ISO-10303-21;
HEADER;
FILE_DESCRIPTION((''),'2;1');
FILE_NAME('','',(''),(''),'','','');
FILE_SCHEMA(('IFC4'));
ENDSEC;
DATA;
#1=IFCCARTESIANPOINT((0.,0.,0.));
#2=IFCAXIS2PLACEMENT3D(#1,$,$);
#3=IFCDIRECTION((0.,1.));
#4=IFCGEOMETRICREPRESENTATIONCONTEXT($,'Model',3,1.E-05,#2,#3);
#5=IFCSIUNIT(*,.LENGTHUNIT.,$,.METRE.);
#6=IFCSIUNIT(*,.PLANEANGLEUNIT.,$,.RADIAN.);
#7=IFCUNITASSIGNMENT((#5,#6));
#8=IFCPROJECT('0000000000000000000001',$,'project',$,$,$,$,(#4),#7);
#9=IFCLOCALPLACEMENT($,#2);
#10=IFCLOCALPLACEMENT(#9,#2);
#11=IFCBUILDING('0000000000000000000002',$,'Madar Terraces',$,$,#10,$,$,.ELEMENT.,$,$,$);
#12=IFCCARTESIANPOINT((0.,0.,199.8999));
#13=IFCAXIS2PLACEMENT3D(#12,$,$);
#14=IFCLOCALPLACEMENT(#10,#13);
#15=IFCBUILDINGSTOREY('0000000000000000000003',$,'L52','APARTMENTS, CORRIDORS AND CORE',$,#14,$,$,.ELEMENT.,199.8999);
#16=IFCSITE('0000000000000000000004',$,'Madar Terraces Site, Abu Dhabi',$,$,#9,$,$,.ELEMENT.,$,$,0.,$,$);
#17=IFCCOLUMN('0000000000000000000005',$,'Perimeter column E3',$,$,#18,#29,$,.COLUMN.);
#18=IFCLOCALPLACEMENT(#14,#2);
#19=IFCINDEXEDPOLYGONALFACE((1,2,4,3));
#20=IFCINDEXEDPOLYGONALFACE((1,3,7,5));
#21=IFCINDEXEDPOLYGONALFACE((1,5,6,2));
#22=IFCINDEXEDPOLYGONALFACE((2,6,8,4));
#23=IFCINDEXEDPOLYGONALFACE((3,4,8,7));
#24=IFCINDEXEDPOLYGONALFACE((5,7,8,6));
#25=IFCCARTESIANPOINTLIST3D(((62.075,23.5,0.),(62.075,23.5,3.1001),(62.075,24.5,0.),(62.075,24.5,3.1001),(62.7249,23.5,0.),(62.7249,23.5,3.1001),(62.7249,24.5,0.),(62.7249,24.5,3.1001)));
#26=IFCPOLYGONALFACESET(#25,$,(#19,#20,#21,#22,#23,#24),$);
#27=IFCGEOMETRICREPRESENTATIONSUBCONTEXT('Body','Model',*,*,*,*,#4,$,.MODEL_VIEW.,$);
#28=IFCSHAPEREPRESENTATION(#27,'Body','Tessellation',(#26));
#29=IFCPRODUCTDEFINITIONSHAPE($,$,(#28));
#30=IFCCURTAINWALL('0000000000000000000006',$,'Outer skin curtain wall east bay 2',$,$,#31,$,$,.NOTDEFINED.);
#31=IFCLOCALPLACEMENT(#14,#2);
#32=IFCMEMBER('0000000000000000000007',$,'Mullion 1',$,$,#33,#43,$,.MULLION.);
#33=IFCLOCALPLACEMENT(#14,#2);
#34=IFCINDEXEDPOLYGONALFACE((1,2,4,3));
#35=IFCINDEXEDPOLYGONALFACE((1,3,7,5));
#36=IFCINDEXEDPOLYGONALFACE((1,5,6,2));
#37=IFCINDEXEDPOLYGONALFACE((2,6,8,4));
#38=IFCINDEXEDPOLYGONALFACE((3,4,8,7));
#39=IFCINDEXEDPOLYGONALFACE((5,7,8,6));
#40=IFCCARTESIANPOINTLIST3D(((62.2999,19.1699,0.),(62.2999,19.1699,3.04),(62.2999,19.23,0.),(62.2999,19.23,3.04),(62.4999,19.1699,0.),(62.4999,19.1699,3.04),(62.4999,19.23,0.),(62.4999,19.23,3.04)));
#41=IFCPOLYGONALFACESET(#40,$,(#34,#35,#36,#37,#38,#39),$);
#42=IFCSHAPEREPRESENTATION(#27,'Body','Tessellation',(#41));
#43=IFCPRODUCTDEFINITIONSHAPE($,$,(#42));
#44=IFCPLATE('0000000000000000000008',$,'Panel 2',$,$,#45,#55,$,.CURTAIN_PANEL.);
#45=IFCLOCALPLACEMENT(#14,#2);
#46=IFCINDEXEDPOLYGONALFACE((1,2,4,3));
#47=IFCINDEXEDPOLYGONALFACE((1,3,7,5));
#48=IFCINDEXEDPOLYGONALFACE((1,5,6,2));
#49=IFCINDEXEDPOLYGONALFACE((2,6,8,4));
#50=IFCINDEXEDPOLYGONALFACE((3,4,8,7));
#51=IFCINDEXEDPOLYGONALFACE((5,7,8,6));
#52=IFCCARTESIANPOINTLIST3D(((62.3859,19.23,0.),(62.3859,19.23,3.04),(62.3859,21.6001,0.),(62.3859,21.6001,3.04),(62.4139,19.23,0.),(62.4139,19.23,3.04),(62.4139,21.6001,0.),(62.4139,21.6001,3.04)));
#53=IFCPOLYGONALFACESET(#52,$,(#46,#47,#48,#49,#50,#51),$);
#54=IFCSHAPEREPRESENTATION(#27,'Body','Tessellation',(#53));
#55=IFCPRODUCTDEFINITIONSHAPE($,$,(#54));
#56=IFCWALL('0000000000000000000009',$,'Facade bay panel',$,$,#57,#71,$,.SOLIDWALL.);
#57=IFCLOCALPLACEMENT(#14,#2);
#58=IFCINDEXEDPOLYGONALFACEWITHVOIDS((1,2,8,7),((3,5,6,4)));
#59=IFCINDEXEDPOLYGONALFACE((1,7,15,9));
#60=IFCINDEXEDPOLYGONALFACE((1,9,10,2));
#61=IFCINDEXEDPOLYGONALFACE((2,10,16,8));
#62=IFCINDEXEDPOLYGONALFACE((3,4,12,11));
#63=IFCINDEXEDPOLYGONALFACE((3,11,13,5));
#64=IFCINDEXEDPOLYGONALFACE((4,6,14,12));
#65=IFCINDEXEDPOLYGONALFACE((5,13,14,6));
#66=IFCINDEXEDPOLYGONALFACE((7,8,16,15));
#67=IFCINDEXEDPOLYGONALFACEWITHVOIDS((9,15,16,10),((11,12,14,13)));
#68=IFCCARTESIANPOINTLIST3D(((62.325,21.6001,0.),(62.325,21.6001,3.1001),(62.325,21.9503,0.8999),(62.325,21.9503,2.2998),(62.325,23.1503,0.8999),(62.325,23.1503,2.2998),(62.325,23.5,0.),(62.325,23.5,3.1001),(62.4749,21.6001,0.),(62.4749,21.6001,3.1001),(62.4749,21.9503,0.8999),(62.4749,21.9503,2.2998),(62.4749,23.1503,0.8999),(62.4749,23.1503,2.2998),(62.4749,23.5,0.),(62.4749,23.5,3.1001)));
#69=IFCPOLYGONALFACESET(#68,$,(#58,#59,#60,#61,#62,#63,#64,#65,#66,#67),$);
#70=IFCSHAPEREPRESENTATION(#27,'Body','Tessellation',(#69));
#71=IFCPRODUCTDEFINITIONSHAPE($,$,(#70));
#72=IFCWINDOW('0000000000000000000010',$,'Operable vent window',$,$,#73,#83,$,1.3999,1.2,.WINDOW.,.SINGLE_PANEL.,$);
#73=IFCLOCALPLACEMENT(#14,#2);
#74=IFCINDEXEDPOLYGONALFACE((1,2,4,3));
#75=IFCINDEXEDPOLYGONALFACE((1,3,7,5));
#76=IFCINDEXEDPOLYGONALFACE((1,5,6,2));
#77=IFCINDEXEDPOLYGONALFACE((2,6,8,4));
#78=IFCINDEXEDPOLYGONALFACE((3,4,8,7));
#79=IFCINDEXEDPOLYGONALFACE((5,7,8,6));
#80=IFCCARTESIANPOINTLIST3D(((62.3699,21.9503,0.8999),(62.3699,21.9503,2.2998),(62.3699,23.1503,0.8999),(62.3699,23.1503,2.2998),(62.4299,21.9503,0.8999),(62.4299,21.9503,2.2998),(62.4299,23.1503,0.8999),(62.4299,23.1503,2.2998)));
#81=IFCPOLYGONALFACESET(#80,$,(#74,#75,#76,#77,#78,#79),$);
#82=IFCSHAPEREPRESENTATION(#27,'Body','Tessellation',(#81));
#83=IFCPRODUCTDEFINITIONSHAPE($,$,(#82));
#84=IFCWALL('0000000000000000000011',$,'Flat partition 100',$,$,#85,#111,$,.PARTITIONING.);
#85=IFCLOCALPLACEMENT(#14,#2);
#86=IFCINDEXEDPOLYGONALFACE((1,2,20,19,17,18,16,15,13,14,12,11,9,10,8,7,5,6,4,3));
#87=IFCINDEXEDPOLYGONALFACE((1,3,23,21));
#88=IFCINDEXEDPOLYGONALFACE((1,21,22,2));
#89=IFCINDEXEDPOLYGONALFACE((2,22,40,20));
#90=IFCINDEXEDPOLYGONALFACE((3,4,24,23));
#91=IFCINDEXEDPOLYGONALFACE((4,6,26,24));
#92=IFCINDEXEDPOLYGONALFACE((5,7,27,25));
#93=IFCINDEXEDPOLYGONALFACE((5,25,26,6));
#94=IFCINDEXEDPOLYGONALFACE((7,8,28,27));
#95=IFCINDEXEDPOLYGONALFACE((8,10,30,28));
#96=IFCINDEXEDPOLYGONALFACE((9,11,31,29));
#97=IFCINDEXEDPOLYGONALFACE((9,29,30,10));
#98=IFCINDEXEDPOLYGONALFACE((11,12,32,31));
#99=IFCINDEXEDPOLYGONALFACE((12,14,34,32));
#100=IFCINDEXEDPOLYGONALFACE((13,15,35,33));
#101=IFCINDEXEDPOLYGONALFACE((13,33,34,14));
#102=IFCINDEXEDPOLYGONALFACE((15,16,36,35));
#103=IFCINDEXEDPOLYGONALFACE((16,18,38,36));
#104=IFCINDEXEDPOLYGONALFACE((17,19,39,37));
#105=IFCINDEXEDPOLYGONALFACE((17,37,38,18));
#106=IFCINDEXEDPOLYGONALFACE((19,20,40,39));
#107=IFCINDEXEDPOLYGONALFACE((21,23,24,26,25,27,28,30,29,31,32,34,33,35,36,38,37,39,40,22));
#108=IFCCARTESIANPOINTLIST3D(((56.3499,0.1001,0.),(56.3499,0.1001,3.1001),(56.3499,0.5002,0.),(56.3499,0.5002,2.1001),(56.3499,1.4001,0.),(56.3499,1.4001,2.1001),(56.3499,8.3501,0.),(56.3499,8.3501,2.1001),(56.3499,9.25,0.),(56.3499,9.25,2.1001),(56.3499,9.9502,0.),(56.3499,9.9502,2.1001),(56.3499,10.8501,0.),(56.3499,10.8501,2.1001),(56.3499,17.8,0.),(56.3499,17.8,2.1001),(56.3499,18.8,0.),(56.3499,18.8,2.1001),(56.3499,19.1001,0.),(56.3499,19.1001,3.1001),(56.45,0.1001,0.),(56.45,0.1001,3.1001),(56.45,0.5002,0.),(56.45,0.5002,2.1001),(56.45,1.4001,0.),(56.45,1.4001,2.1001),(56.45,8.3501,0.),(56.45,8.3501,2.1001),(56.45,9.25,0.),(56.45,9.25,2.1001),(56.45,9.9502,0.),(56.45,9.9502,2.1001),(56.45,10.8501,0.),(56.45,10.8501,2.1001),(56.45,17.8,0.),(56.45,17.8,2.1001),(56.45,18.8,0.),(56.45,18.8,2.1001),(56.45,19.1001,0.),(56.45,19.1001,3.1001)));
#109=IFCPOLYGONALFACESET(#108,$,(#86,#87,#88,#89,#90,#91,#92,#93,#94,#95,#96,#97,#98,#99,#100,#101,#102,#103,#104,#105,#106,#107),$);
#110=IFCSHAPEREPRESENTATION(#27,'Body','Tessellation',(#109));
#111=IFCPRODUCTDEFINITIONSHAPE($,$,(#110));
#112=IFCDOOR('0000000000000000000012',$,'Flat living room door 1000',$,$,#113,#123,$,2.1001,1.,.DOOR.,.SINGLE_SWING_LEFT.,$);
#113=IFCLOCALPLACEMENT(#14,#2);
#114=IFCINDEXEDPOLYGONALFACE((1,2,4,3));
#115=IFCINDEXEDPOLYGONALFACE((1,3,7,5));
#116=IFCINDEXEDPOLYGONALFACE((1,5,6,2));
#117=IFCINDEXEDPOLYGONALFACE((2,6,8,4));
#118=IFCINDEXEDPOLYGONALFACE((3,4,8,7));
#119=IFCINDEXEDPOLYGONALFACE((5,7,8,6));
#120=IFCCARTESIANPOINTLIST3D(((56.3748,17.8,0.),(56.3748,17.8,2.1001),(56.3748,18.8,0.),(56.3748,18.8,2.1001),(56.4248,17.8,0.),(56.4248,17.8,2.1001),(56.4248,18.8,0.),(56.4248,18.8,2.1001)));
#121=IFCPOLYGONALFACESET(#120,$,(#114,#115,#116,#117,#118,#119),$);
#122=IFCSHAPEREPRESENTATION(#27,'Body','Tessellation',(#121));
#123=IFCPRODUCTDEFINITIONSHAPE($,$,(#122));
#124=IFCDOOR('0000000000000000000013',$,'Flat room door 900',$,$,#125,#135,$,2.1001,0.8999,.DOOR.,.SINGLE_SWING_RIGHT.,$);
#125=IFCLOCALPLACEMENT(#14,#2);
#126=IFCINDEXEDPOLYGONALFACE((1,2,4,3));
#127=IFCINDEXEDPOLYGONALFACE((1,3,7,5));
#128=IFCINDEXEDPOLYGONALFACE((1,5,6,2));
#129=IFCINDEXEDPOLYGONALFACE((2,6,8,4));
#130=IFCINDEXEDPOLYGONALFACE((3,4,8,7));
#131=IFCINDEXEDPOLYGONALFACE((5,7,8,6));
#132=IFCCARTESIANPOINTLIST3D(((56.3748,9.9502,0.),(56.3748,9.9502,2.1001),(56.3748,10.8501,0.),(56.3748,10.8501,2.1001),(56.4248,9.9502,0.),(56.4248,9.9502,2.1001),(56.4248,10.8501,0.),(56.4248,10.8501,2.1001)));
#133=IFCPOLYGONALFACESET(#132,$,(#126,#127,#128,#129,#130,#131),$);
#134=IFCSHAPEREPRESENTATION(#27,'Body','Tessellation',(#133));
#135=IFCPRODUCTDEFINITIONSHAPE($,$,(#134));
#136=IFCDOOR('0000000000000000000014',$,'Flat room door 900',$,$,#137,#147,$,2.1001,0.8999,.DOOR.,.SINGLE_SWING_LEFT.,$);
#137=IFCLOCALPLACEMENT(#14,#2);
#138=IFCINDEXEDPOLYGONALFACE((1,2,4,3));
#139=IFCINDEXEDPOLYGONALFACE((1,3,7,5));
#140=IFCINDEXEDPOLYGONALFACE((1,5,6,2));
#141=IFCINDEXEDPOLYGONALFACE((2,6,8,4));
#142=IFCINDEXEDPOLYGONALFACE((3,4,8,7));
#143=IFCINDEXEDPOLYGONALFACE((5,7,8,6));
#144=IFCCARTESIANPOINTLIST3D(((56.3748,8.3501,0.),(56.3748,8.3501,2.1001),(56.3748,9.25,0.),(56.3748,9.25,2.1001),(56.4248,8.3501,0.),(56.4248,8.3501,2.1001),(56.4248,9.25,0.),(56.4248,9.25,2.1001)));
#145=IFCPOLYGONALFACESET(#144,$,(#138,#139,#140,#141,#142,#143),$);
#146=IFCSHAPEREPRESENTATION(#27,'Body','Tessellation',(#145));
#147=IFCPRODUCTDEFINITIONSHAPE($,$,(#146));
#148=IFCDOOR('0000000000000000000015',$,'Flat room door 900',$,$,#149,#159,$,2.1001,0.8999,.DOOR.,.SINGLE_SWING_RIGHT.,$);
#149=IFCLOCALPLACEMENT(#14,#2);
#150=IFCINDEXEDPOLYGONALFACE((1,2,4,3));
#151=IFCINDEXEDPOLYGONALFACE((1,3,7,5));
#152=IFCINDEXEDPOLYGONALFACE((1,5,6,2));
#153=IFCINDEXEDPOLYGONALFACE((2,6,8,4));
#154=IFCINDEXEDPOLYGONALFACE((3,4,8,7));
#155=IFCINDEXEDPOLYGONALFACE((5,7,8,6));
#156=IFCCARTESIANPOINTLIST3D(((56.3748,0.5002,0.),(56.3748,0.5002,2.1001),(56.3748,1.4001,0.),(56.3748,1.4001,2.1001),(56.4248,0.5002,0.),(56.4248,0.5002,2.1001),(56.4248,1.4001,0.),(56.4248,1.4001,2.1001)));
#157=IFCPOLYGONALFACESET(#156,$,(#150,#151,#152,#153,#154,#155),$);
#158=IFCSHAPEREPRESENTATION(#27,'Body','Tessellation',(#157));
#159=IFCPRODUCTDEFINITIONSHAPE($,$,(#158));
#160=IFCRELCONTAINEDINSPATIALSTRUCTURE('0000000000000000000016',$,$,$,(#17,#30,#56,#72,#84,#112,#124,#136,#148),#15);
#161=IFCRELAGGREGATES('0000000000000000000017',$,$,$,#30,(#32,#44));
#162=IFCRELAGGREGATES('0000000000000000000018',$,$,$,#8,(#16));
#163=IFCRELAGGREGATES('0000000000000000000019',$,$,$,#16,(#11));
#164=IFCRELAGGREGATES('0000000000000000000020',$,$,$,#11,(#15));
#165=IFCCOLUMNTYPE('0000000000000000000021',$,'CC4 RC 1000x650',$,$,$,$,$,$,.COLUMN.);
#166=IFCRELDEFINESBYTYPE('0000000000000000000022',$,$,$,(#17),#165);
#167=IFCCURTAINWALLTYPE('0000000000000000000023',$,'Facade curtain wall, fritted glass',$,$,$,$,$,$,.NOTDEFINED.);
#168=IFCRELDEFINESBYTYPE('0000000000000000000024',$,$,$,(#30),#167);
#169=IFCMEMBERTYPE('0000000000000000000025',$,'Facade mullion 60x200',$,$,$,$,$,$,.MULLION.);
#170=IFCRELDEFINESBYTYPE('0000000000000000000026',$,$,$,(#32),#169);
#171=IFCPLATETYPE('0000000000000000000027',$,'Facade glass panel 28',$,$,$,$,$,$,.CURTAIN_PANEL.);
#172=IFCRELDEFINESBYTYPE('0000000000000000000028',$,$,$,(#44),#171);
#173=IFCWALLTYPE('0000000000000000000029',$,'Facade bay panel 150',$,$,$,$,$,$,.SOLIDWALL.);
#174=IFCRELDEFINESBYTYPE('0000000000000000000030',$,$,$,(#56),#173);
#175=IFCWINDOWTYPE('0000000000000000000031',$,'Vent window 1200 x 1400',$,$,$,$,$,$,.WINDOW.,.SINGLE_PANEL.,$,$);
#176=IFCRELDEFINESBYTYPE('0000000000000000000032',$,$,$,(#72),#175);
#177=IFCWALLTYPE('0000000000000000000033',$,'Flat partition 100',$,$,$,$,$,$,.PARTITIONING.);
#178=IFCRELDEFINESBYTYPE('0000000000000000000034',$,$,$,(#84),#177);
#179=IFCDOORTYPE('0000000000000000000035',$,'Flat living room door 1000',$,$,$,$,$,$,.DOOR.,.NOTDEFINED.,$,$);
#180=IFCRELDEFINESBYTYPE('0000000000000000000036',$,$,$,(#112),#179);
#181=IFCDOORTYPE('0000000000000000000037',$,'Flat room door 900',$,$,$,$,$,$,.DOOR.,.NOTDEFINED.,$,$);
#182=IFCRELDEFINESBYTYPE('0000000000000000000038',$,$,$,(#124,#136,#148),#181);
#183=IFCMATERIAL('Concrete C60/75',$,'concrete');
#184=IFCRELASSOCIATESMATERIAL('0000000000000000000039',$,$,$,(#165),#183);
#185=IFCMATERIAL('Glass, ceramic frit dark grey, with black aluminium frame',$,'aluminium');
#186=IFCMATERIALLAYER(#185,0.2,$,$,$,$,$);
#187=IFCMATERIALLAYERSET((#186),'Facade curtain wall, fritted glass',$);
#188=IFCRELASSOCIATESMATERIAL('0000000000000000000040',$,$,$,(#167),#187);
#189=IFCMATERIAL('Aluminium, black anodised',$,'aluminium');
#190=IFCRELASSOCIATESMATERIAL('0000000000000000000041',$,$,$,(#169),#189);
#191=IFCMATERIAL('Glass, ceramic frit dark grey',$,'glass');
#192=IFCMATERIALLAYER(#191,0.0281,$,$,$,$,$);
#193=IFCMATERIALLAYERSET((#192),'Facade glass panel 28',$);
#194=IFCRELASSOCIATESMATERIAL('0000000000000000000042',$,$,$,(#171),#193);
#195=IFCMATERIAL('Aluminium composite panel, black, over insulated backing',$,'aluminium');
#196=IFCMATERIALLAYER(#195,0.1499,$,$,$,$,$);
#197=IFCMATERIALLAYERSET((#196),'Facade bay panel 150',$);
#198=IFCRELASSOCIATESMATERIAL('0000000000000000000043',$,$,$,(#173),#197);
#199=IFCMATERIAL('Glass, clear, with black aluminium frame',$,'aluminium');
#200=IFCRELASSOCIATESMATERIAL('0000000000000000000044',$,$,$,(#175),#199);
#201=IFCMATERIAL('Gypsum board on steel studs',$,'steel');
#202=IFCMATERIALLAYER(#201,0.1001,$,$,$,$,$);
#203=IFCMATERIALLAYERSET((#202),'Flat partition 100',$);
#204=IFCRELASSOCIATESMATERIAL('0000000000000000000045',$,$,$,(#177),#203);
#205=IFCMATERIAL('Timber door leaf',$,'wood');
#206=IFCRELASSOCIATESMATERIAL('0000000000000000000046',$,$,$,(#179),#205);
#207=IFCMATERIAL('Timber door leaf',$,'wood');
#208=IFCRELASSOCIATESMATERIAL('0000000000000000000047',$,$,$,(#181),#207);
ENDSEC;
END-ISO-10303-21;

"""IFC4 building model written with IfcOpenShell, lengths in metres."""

from ifc_helpers import new_model, si_unit, direction, frame, frame_2d, origin, origin_2d, place, context, subcontext, project, spatial, rectangle, extrude, material, layer, layer_set, material_profile, profile_set, type_object, element, fill, aggregate, save


model = new_model("IFC4")

# Units and contexts
model_context = context("Model", 3, precision=1e-05, world=origin(), true_north=direction((0.0, 1.0)))
body_context = subcontext(model_context, "Body", "Model", "MODEL_VIEW")
ifc_project = project(units=[si_unit("LENGTHUNIT", "METRE"), si_unit("PLANEANGLEUNIT", "RADIAN")], contexts=[model_context])

# Site, building, storey
site_placement = place(None, origin())
site = spatial("IfcSite", under=ifc_project, at=site_placement, Name="Madar Terraces Site, Abu Dhabi", CompositionType="ELEMENT", RefElevation=0.0)
building_placement = place(site_placement, origin())
building = spatial("IfcBuilding", under=site, at=building_placement, Name="Madar Terraces", CompositionType="ELEMENT")
storey_placement = place(building_placement, frame((0.0, 0.0, 199.8999)))
storey = spatial("IfcBuildingStorey", under=building, at=storey_placement, Name="L52", Description="APARTMENTS, CORRIDORS AND CORE", CompositionType="ELEMENT", Elevation=199.8999)

# Column
ifc_material_1 = material(Name="Concrete C60/75", Category="concrete")
ifc_material_profile_1 = material_profile(ifc_material_1, rectangle(XDim=1.0, YDim=0.6499, at=origin_2d()), Name="CC4 RC 1000x650")
ifc_profile_set_1 = profile_set([ifc_material_profile_1], Name="Concrete C60/75")
column_type = type_object("IfcColumnType", Name="CC4 RC 1000x650", PredefinedType="COLUMN", material=ifc_profile_set_1)
column_placement = place(storey_placement, frame((62.3999, 24.0, 0.0), z_axis=(0.0, 0.0, 1.0), x_axis=(0.0, 1.0, 0.0)))
element("IfcColumn", 1, at=column_placement, inside=storey, type_object=column_type, Name="Perimeter column E3", PredefinedType="COLUMN", context=body_context, shape_type="SweptSolid", body=[
    extrude(rectangle(XDim=1.0, YDim=0.6499, at=origin_2d()), origin(), (0.0, 0.0, 1.0), 3.1001),
])

# Curtain wall, member, plate
ifc_material_2 = material(Name="Glass, ceramic frit dark grey, with black aluminium frame", Category="aluminium")
ifc_layer_1 = layer(ifc_material_2, 0.2)
ifc_layer_set_1 = layer_set([ifc_layer_1], Name="Facade curtain wall, fritted glass")
curtain_wall_type = type_object("IfcCurtainWallType", Name="Facade curtain wall, fritted glass", PredefinedType="NOTDEFINED", material=ifc_layer_set_1)
curtain_wall_placement = place(storey_placement, origin())
curtain_wall = element("IfcCurtainWall", 2, at=curtain_wall_placement, inside=storey, type_object=curtain_wall_type, Name="Outer skin curtain wall east bay 2", PredefinedType="NOTDEFINED")
ifc_material_3 = material(Name="Aluminium, black anodised", Category="aluminium")
ifc_material_profile_2 = material_profile(ifc_material_3, rectangle(XDim=0.2, YDim=0.0601, at=origin_2d()), Name="Facade mullion 60x200")
ifc_profile_set_2 = profile_set([ifc_material_profile_2], Name="Aluminium, black anodised")
member_type = type_object("IfcMemberType", Name="Facade mullion 60x200", PredefinedType="MULLION", material=ifc_profile_set_2)
member_placement = place(storey_placement, frame((62.3999, 19.2, 0.0), z_axis=(0.0, 0.0, 1.0), x_axis=(-1.0, 0.0, 0.0)))
member = element("IfcMember", 3, at=member_placement, type_object=member_type, Name="Mullion 1", PredefinedType="MULLION", context=body_context, shape_type="SweptSolid", body=[
    extrude(rectangle(XDim=0.2, YDim=0.0601, at=origin_2d()), origin(), (0.0, 0.0, 1.0), 3.04),
])
ifc_material_4 = material(Name="Glass, ceramic frit dark grey", Category="glass")
ifc_layer_2 = layer(ifc_material_4, 0.0281)
ifc_layer_set_2 = layer_set([ifc_layer_2], Name="Facade glass panel 28")
plate_type = type_object("IfcPlateType", Name="Facade glass panel 28", PredefinedType="CURTAIN_PANEL", material=ifc_layer_set_2)
plate_placement = place(storey_placement, frame((62.3999, 20.415, 0.0), z_axis=(0.0, 0.0, 1.0), x_axis=(0.0, 1.0, 0.0)))
plate = element("IfcPlate", 4, at=plate_placement, type_object=plate_type, Name="Panel 2", PredefinedType="CURTAIN_PANEL", context=body_context, shape_type="SweptSolid", body=[
    extrude(rectangle(XDim=2.3701, YDim=0.0281, at=origin_2d()), origin(), (0.0, 0.0, 1.0), 3.04),
])
aggregate(curtain_wall, [member, plate])

# Wall, opening, window
ifc_material_5 = material(Name="Aluminium composite panel, black, over insulated backing", Category="aluminium")
ifc_layer_3 = layer(ifc_material_5, 0.1499)
ifc_layer_set_3 = layer_set([ifc_layer_3], Name="Facade bay panel 150")
wall_type_1 = type_object("IfcWallType", Name="Facade bay panel 150", PredefinedType="SOLIDWALL", material=ifc_layer_set_3)
wall_1_placement = place(storey_placement, frame((62.3999, 21.6001, 0.0), z_axis=(0.0, 0.0, 1.0), x_axis=(0.0, 1.0, 0.0)))
wall_1 = element("IfcWall", 5, at=wall_1_placement, inside=storey, type_object=wall_type_1, Name="Facade bay panel", PredefinedType="SOLIDWALL", context=body_context, shape_type="SweptSolid", body=[
    extrude(rectangle(XDim=1.8999, YDim=0.1499, at=frame_2d((0.95, 0.0))), origin(), (0.0, 0.0, 1.0), 3.1001),
])
opening_1_placement = place(wall_1_placement, frame((0.3501, 0.0, 0.8999)))
opening_1 = element("IfcOpeningElement", 6, at=opening_1_placement, cuts=wall_1, PredefinedType="OPENING", context=body_context, shape_type="SweptSolid", body=[
    extrude(rectangle(XDim=1.2, YDim=1.3999, at=frame_2d((0.6001, 0.7))), frame((0.0, 0.085, 0.0), z_axis=(0.0, -1.0, 0.0), x_axis=(1.0, 0.0, 0.0)), (0.0, 0.0, 1.0), 0.1699),
])
ifc_material_6 = material(Name="Glass, clear, with black aluminium frame", Category="aluminium")
window_type = type_object("IfcWindowType", Name="Vent window 1200 x 1400", PartitioningType="SINGLE_PANEL", PredefinedType="WINDOW", material=ifc_material_6)
window_placement = place(opening_1_placement, origin())
window = element("IfcWindow", 7, at=window_placement, inside=storey, type_object=window_type, Name="Operable vent window", OverallHeight=1.3999, OverallWidth=1.2, PartitioningType="SINGLE_PANEL", PredefinedType="WINDOW", context=body_context, shape_type="SweptSolid", body=[
    extrude(rectangle(XDim=1.2, YDim=1.3999, at=frame_2d((0.6001, 0.7))), frame((0.0, 0.03, 0.0), z_axis=(0.0, -1.0, 0.0), x_axis=(1.0, 0.0, 0.0)), (0.0, 0.0, 1.0), 0.0601),
])
fill(opening_1, window)

# Wall, openings, doors
ifc_material_7 = material(Name="Gypsum board on steel studs", Category="steel")
ifc_layer_4 = layer(ifc_material_7, 0.1001)
ifc_layer_set_4 = layer_set([ifc_layer_4], Name="Flat partition 100")
wall_type_2 = type_object("IfcWallType", Name="Flat partition 100", PredefinedType="PARTITIONING", material=ifc_layer_set_4)
wall_2_placement = place(storey_placement, frame((56.3999, 19.1001, 0.0), z_axis=(0.0, 0.0, 1.0), x_axis=(0.0, -1.0, 0.0)))
wall_2 = element("IfcWall", 8, at=wall_2_placement, inside=storey, type_object=wall_type_2, Name="Flat partition 100", PredefinedType="PARTITIONING", context=body_context, shape_type="SweptSolid", body=[
    extrude(rectangle(XDim=19.0, YDim=0.1001, at=frame_2d((9.5, 0.0))), origin(), (0.0, 0.0, 1.0), 3.1001),
])
opening_2_placement = place(wall_2_placement, frame((0.3, 0.0, 0.0)))
opening_2 = element("IfcOpeningElement", 9, at=opening_2_placement, cuts=wall_2, PredefinedType="OPENING", context=body_context, shape_type="SweptSolid", body=[
    extrude(rectangle(XDim=1.0, YDim=2.1001, at=frame_2d((0.5, 1.05))), frame((0.0, 0.0601, 0.0), z_axis=(0.0, -1.0, 0.0), x_axis=(1.0, 0.0, 0.0)), (0.0, 0.0, 1.0), 0.1201),
])
opening_3_placement = place(wall_2_placement, frame((8.25, 0.0, 0.0)))
opening_3 = element("IfcOpeningElement", 10, at=opening_3_placement, cuts=wall_2, PredefinedType="OPENING", context=body_context, shape_type="SweptSolid", body=[
    extrude(rectangle(XDim=0.8999, YDim=2.1001, at=frame_2d((0.45, 1.05))), frame((0.0, 0.0601, 0.0), z_axis=(0.0, -1.0, 0.0), x_axis=(1.0, 0.0, 0.0)), (0.0, 0.0, 1.0), 0.1201),
])
opening_4_placement = place(wall_2_placement, frame((9.8501, 0.0, 0.0)))
opening_4 = element("IfcOpeningElement", 11, at=opening_4_placement, cuts=wall_2, PredefinedType="OPENING", context=body_context, shape_type="SweptSolid", body=[
    extrude(rectangle(XDim=0.8999, YDim=2.1001, at=frame_2d((0.45, 1.05))), frame((0.0, 0.0601, 0.0), z_axis=(0.0, -1.0, 0.0), x_axis=(1.0, 0.0, 0.0)), (0.0, 0.0, 1.0), 0.1201),
])
opening_5_placement = place(wall_2_placement, frame((17.7, 0.0, 0.0)))
opening_5 = element("IfcOpeningElement", 12, at=opening_5_placement, cuts=wall_2, PredefinedType="OPENING", context=body_context, shape_type="SweptSolid", body=[
    extrude(rectangle(XDim=0.8999, YDim=2.1001, at=frame_2d((0.45, 1.05))), frame((0.0, 0.0601, 0.0), z_axis=(0.0, -1.0, 0.0), x_axis=(1.0, 0.0, 0.0)), (0.0, 0.0, 1.0), 0.1201),
])
ifc_material_8 = material(Name="Timber door leaf", Category="wood")
door_type_1 = type_object("IfcDoorType", Name="Flat living room door 1000", OperationType="NOTDEFINED", PredefinedType="DOOR", material=ifc_material_8)
door_1_placement = place(opening_2_placement, origin())
door_1 = element("IfcDoor", 13, at=door_1_placement, inside=storey, type_object=door_type_1, Name="Flat living room door 1000", OperationType="SINGLE_SWING_LEFT", OverallHeight=2.1001, OverallWidth=1.0, PredefinedType="DOOR", context=body_context, shape_type="SweptSolid", body=[
    extrude(rectangle(XDim=1.0, YDim=2.1001, at=frame_2d((0.5, 1.05))), frame((0.0, 0.0249, 0.0), z_axis=(0.0, -1.0, 0.0), x_axis=(1.0, 0.0, 0.0)), (0.0, 0.0, 1.0), 0.05),
])
fill(opening_2, door_1)
ifc_material_9 = material(Name="Timber door leaf", Category="wood")
door_type_2 = type_object("IfcDoorType", Name="Flat room door 900", OperationType="NOTDEFINED", PredefinedType="DOOR", material=ifc_material_9)
door_2_placement = place(opening_3_placement, origin())
door_2 = element("IfcDoor", 14, at=door_2_placement, inside=storey, type_object=door_type_2, Name="Flat room door 900", OperationType="SINGLE_SWING_RIGHT", OverallHeight=2.1001, OverallWidth=0.8999, PredefinedType="DOOR", context=body_context, shape_type="SweptSolid", body=[
    extrude(rectangle(XDim=0.8999, YDim=2.1001, at=frame_2d((0.45, 1.05))), frame((0.0, 0.0249, 0.0), z_axis=(0.0, -1.0, 0.0), x_axis=(1.0, 0.0, 0.0)), (0.0, 0.0, 1.0), 0.05),
])
fill(opening_3, door_2)
door_3_placement = place(opening_4_placement, origin())
door_3 = element("IfcDoor", 15, at=door_3_placement, inside=storey, type_object=door_type_2, Name="Flat room door 900", OperationType="SINGLE_SWING_LEFT", OverallHeight=2.1001, OverallWidth=0.8999, PredefinedType="DOOR", context=body_context, shape_type="SweptSolid", body=[
    extrude(rectangle(XDim=0.8999, YDim=2.1001, at=frame_2d((0.45, 1.05))), frame((0.0, 0.0249, 0.0), z_axis=(0.0, -1.0, 0.0), x_axis=(1.0, 0.0, 0.0)), (0.0, 0.0, 1.0), 0.05),
])
fill(opening_4, door_3)
door_4_placement = place(opening_5_placement, origin())
door_4 = element("IfcDoor", 16, at=door_4_placement, inside=storey, type_object=door_type_2, Name="Flat room door 900", OperationType="SINGLE_SWING_RIGHT", OverallHeight=2.1001, OverallWidth=0.8999, PredefinedType="DOOR", context=body_context, shape_type="SweptSolid", body=[
    extrude(rectangle(XDim=0.8999, YDim=2.1001, at=frame_2d((0.45, 1.05))), frame((0.0, 0.0249, 0.0), z_axis=(0.0, -1.0, 0.0), x_axis=(1.0, 0.0, 0.0)), (0.0, 0.0, 1.0), 0.05),
])
fill(opening_5, door_4)

save(model, "model.ifc")
